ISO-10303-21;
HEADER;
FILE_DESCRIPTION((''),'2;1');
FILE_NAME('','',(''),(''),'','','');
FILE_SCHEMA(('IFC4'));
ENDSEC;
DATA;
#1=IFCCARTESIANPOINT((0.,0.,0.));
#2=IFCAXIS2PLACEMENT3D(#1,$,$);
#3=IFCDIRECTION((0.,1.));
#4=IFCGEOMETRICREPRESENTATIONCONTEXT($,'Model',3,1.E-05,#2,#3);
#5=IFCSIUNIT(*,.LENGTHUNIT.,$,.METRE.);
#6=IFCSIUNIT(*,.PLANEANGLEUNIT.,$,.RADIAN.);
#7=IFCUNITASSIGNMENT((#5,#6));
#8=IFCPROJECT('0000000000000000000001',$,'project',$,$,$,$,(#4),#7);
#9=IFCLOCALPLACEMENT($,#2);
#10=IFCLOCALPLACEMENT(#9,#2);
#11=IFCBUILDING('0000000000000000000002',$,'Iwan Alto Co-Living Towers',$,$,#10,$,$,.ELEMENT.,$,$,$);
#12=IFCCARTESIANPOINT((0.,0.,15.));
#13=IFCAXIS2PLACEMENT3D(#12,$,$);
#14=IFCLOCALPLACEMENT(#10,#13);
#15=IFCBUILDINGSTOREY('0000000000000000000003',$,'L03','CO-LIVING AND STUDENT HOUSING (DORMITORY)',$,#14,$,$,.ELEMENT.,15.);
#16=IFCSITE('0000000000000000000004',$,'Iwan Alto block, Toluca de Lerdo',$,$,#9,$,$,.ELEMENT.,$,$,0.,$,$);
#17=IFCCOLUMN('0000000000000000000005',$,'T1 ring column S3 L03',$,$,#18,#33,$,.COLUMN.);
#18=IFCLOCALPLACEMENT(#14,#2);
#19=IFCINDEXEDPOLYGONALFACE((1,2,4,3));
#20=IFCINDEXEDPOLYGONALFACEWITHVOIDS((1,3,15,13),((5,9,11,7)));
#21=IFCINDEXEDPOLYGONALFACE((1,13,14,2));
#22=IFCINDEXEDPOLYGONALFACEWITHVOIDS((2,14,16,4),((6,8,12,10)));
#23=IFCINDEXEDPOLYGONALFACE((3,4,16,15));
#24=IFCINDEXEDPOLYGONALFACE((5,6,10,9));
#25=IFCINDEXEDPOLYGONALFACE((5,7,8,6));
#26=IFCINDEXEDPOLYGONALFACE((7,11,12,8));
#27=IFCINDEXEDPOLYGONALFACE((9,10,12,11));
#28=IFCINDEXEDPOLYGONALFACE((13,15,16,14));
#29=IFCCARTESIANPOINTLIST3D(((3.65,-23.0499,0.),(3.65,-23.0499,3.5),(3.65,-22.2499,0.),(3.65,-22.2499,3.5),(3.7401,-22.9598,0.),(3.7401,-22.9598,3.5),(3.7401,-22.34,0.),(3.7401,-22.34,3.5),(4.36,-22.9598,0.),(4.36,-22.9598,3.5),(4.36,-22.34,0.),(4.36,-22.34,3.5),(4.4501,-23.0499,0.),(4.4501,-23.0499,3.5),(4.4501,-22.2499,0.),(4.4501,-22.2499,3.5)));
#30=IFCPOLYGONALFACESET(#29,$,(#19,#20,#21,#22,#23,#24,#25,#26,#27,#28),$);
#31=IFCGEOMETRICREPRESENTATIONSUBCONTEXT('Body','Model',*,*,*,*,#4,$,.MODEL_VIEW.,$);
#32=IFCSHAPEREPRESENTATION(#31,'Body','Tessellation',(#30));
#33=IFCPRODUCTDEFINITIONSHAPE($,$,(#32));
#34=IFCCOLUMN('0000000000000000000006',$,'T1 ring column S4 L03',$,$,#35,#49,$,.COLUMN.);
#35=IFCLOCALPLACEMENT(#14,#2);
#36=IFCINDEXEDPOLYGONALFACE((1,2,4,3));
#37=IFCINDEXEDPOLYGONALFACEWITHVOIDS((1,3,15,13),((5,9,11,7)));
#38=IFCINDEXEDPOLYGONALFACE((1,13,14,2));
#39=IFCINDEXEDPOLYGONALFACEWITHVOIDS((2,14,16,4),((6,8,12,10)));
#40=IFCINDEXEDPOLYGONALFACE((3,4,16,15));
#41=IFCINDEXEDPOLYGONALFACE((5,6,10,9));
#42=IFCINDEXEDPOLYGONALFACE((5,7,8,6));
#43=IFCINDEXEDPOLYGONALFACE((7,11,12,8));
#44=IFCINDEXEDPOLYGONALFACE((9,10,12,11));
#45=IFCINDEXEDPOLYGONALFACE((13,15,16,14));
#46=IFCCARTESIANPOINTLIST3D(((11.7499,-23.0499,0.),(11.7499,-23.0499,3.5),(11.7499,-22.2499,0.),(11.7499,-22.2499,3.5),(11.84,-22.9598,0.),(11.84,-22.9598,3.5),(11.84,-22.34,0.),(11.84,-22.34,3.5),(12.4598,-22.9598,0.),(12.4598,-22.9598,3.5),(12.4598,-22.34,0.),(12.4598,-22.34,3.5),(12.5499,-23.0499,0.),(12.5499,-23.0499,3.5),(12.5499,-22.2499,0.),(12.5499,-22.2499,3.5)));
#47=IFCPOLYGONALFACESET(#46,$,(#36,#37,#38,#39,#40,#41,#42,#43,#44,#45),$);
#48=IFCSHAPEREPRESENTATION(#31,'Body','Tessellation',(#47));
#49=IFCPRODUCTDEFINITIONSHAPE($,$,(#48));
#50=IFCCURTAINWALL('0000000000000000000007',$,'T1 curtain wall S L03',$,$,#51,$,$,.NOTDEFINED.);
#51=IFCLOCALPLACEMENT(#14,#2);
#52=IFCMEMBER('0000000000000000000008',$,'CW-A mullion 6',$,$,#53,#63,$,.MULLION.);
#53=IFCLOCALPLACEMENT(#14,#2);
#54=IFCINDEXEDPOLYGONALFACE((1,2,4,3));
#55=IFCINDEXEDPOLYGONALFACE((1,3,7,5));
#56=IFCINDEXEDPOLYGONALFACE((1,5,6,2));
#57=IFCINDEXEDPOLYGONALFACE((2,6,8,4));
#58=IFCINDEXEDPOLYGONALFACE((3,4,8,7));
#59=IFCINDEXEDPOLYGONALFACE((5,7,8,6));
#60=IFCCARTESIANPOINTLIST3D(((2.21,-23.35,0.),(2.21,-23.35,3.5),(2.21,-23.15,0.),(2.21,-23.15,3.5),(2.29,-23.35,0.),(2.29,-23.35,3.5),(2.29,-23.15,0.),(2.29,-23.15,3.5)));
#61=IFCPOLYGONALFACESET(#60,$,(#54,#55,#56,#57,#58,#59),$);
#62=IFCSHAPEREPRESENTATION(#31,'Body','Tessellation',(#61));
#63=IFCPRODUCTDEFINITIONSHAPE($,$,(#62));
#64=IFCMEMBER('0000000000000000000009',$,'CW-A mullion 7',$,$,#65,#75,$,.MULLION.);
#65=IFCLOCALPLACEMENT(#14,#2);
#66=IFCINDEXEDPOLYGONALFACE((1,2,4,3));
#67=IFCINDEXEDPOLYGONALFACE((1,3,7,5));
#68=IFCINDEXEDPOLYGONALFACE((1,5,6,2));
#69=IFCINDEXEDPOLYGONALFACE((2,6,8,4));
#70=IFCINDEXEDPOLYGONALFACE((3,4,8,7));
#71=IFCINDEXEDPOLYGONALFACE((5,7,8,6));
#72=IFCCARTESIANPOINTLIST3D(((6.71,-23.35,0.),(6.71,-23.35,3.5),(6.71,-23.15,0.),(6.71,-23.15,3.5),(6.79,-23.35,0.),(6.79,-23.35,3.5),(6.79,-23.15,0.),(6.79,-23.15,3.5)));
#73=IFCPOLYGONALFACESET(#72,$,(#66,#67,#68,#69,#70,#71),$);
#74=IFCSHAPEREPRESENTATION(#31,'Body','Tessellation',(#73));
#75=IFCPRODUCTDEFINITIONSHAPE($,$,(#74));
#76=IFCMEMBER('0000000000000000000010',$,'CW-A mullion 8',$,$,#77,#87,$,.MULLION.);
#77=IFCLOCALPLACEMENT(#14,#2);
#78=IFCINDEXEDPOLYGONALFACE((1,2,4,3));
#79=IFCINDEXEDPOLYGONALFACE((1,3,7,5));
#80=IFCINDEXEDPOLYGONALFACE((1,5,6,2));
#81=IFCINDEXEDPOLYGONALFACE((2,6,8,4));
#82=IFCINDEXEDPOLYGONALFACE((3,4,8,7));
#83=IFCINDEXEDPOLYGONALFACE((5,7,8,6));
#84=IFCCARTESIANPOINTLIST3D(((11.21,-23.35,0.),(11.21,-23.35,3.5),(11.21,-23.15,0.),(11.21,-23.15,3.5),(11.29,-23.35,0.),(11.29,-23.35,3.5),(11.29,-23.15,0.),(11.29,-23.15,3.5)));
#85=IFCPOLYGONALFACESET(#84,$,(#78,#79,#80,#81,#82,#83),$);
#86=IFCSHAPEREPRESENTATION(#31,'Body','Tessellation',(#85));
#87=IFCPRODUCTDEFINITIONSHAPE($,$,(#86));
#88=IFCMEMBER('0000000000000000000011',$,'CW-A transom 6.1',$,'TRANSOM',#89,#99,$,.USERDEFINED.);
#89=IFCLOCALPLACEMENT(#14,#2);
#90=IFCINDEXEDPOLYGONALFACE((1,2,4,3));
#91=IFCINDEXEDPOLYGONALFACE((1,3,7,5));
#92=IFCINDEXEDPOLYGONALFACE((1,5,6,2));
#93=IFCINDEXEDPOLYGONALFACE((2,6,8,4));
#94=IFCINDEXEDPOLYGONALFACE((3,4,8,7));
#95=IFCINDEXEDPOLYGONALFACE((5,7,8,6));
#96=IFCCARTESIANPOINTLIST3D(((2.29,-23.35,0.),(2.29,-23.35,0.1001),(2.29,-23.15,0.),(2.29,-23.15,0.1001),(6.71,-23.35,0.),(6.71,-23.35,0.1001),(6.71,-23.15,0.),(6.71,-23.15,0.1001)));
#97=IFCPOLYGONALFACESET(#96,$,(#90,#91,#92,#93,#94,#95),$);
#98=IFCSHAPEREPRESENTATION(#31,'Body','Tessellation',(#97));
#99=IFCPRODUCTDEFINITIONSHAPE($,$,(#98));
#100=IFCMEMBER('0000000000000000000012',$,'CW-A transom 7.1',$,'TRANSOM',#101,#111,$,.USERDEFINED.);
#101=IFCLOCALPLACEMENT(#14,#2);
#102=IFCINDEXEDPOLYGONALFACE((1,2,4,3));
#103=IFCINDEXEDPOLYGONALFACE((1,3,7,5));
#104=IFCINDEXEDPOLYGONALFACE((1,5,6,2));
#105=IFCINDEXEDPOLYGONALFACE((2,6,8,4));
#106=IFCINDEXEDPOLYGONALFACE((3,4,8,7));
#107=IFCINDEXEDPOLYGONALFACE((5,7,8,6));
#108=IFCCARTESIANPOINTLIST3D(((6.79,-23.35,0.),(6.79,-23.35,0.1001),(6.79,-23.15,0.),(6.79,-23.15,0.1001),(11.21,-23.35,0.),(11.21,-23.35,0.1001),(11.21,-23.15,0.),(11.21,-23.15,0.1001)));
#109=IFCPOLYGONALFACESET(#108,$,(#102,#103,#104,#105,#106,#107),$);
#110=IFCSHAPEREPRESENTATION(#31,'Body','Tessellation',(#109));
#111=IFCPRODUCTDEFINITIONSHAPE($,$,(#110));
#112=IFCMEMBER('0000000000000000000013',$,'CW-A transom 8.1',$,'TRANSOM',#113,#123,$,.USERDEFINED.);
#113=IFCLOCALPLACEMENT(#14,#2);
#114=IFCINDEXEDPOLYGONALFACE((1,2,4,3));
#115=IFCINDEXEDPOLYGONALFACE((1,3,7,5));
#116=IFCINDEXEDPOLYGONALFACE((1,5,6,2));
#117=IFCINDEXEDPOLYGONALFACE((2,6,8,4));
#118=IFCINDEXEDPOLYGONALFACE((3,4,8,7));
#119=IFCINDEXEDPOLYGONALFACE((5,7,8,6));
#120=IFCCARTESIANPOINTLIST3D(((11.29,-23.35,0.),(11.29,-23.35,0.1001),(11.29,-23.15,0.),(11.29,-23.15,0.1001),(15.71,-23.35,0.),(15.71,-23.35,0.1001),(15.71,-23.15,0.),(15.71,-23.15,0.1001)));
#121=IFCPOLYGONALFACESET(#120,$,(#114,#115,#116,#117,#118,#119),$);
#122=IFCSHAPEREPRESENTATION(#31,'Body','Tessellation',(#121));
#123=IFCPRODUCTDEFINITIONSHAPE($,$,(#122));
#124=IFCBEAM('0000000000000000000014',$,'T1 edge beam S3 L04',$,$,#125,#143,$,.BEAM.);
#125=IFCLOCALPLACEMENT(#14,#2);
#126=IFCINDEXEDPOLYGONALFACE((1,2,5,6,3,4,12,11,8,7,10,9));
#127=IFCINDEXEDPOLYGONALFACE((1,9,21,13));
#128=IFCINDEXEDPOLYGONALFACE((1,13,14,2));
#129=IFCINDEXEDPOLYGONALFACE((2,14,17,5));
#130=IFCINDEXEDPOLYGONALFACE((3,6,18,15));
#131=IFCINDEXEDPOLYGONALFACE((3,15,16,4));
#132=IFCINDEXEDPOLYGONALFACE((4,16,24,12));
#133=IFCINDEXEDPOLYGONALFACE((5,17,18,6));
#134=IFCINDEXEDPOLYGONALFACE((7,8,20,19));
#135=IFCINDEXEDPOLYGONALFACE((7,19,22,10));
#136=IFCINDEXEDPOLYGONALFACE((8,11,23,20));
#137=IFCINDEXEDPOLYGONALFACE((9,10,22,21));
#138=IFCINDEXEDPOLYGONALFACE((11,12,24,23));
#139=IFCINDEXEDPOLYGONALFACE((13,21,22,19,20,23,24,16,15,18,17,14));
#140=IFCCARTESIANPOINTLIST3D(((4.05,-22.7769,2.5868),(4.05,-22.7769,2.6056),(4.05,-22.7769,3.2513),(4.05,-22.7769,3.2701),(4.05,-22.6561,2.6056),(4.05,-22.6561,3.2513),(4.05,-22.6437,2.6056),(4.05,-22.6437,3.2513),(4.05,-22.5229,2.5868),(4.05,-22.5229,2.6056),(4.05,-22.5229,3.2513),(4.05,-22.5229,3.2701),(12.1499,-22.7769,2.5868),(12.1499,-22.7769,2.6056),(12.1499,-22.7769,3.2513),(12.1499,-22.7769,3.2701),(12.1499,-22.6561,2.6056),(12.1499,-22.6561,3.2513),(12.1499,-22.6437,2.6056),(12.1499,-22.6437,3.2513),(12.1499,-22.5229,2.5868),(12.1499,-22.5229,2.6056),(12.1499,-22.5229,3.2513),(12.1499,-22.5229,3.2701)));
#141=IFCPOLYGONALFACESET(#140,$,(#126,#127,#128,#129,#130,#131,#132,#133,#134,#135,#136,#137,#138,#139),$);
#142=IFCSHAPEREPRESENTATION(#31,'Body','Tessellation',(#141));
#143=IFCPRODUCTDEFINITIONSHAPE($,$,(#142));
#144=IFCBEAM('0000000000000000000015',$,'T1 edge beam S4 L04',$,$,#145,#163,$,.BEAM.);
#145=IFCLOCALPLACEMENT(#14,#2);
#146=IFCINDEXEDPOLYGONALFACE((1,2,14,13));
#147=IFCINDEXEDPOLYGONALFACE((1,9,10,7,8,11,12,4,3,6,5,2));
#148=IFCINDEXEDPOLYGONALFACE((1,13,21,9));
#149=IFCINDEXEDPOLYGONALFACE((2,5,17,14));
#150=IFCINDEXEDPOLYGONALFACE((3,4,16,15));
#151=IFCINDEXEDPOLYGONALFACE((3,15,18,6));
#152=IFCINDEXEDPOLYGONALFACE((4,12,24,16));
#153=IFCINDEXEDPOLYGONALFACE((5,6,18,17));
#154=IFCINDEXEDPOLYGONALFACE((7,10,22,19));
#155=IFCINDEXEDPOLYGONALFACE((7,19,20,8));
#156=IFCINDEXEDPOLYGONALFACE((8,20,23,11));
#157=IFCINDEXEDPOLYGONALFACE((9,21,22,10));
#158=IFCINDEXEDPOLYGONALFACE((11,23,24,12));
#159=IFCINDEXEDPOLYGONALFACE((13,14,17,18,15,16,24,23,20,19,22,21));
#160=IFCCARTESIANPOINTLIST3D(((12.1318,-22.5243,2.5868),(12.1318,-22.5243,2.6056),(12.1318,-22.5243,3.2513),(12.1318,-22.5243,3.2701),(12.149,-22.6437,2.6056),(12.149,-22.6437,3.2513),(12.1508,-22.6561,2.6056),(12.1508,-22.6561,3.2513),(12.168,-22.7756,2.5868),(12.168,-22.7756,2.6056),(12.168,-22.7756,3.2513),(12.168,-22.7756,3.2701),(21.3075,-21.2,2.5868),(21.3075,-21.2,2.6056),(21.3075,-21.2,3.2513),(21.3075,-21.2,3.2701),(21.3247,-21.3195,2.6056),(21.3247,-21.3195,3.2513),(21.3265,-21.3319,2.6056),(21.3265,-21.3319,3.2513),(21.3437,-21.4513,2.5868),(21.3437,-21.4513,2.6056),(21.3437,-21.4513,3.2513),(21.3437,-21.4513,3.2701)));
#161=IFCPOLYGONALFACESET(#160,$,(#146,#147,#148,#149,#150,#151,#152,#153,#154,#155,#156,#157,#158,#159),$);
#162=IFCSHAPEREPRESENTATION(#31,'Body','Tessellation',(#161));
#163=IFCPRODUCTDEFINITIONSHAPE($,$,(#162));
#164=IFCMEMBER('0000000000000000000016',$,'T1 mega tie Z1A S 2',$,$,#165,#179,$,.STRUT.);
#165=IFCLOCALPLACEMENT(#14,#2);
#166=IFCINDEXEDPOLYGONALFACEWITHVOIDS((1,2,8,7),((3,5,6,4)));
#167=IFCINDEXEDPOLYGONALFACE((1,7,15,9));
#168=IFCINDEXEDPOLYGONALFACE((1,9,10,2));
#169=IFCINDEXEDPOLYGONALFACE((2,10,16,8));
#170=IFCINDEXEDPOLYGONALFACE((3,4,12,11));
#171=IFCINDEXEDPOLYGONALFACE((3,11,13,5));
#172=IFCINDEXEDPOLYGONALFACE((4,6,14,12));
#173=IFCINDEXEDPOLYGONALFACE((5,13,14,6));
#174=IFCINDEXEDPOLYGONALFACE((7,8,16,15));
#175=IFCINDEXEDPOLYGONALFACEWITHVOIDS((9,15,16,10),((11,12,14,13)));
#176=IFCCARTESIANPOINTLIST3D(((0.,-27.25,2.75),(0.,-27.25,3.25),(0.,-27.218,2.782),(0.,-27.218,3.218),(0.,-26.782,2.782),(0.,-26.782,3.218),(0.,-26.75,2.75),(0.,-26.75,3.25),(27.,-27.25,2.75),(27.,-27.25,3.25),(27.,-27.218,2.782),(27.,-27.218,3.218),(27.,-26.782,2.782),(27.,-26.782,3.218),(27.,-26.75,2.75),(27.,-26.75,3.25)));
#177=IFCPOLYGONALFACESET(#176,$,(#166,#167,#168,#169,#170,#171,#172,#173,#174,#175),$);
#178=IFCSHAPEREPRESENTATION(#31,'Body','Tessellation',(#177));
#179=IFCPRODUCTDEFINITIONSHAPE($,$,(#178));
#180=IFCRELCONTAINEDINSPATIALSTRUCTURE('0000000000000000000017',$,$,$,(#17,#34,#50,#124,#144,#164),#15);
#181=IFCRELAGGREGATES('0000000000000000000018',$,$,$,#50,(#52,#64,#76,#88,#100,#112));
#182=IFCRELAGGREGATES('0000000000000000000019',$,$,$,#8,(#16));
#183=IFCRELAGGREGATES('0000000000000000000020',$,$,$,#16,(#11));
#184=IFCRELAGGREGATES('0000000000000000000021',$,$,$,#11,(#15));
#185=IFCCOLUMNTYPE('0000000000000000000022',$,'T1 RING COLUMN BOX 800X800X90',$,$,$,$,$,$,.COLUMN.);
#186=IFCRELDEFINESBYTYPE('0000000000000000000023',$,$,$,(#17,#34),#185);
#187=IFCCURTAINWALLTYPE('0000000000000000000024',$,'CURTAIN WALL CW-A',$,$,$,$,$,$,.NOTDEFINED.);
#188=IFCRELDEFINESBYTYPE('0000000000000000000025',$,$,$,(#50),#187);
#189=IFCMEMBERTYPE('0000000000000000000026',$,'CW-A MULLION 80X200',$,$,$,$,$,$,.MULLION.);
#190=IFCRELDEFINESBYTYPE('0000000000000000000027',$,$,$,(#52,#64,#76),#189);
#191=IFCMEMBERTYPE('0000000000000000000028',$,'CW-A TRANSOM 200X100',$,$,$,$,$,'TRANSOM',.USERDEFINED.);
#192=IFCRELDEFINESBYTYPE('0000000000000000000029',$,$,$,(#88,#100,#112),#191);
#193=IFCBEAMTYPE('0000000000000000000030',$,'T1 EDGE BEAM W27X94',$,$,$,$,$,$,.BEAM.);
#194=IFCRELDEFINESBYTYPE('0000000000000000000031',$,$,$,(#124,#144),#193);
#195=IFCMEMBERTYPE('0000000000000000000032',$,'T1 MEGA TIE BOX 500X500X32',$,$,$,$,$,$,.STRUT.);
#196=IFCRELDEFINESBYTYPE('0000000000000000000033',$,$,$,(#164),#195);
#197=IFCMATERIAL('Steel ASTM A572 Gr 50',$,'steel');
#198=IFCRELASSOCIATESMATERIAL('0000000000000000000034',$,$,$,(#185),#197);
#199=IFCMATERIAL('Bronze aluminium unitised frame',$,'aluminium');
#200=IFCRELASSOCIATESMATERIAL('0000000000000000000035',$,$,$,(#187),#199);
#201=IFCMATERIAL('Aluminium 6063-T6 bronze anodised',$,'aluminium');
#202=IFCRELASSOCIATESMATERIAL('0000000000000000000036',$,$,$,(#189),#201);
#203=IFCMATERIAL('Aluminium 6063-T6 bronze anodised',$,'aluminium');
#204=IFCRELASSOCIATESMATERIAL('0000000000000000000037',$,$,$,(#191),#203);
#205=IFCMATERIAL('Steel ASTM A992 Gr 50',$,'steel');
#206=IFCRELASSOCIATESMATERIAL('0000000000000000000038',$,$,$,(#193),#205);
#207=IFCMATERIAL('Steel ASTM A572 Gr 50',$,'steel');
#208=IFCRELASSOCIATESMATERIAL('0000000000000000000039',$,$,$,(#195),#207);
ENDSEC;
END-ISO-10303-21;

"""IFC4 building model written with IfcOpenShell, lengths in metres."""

from ifc_helpers import new_model, si_unit, direction, frame, origin, origin_2d, place, context, subcontext, project, spatial, rectangle, hollow_rectangle, i_section, extrude, material, material_profile, profile_set, type_object, element, aggregate, save


model = new_model("IFC4")

# Units and contexts
model_context = context("Model", 3, precision=1e-05, world=origin(), true_north=direction((0.0, 1.0)))
body_context = subcontext(model_context, "Body", "Model", "MODEL_VIEW")
ifc_project = project(units=[si_unit("LENGTHUNIT", "METRE"), si_unit("PLANEANGLEUNIT", "RADIAN")], contexts=[model_context])

# Site, building, storey
site_placement = place(None, origin())
site = spatial("IfcSite", under=ifc_project, at=site_placement, Name="Iwan Alto block, Toluca de Lerdo", CompositionType="ELEMENT", RefElevation=0.0)
building_placement = place(site_placement, origin())
building = spatial("IfcBuilding", under=site, at=building_placement, Name="Iwan Alto Co-Living Towers", CompositionType="ELEMENT")
storey_placement = place(building_placement, frame((0.0, 0.0, 15.0)))
storey = spatial("IfcBuildingStorey", under=building, at=storey_placement, Name="L03", Description="CO-LIVING AND STUDENT HOUSING (DORMITORY)", CompositionType="ELEMENT", Elevation=15.0)

# Columns
ifc_material_1 = material(Name="Steel ASTM A572 Gr 50", Category="steel")
ifc_material_profile_1 = material_profile(ifc_material_1, hollow_rectangle(XDim=0.8, YDim=0.8, WallThickness=0.0901, at=origin_2d()), Name="BOX 800X800X90")
ifc_profile_set_1 = profile_set([ifc_material_profile_1], Name="Steel ASTM A572 Gr 50")
column_type = type_object("IfcColumnType", Name="T1 RING COLUMN BOX 800X800X90", PredefinedType="COLUMN", material=ifc_profile_set_1)
for number, where, z_axis, x_axis, name in (
    (1, (4.05, -22.6499, 0.0), (0.0, 0.0, 1.0), (1.0, 0.0, 0.0), "T1 ring column S3 L03"),
    (2, (12.1499, -22.6499, 0.0), (0.0, 0.0, 1.0), (1.0, 0.0, 0.0), "T1 ring column S4 L03"),
):
    element("IfcColumn", number, at=place(storey_placement, frame(where, z_axis=z_axis, x_axis=x_axis)), inside=storey, type_object=column_type, Name=name, PredefinedType="COLUMN", context=body_context, shape_type="SweptSolid", body=[
        extrude(hollow_rectangle(XDim=0.8, YDim=0.8, WallThickness=0.0901, at=origin_2d()), origin(), (0.0, 0.0, 1.0), 3.5),
    ])

# Curtain wall, members
ifc_material_2 = material(Name="Bronze aluminium unitised frame", Category="aluminium")
curtain_wall_type = type_object("IfcCurtainWallType", Name="CURTAIN WALL CW-A", PredefinedType="NOTDEFINED", material=ifc_material_2)
curtain_wall_placement = place(storey_placement, origin())
curtain_wall = element("IfcCurtainWall", 3, at=curtain_wall_placement, inside=storey, type_object=curtain_wall_type, Name="T1 curtain wall S L03", PredefinedType="NOTDEFINED")
ifc_material_3 = material(Name="Aluminium 6063-T6 bronze anodised", Category="aluminium")
ifc_material_profile_2 = material_profile(ifc_material_3, rectangle(XDim=0.2, YDim=0.0801, at=origin_2d()), Name="AL 80X200")
ifc_profile_set_2 = profile_set([ifc_material_profile_2], Name="Aluminium 6063-T6 bronze anodised")
member_type_1 = type_object("IfcMemberType", Name="CW-A MULLION 80X200", PredefinedType="MULLION", material=ifc_profile_set_2)
member_1_placement = place(storey_placement, frame((2.25, -23.25, 0.0), z_axis=(0.0, 0.0, 1.0), x_axis=(0.0, 1.0, 0.0)))
member_1 = element("IfcMember", 4, at=member_1_placement, type_object=member_type_1, Name="CW-A mullion 6", PredefinedType="MULLION", context=body_context, shape_type="SweptSolid", body=[
    extrude(rectangle(XDim=0.2, YDim=0.0801, at=origin_2d()), origin(), (0.0, 0.0, 1.0), 3.5),
])
member_2_placement = place(storey_placement, frame((6.75, -23.25, 0.0), z_axis=(0.0, 0.0, 1.0), x_axis=(0.0, 1.0, 0.0)))
member_2 = element("IfcMember", 5, at=member_2_placement, type_object=member_type_1, Name="CW-A mullion 7", PredefinedType="MULLION", context=body_context, shape_type="SweptSolid", body=[
    extrude(rectangle(XDim=0.2, YDim=0.0801, at=origin_2d()), origin(), (0.0, 0.0, 1.0), 3.5),
])
member_3_placement = place(storey_placement, frame((11.25, -23.25, 0.0), z_axis=(0.0, 0.0, 1.0), x_axis=(0.0, 1.0, 0.0)))
member_3 = element("IfcMember", 6, at=member_3_placement, type_object=member_type_1, Name="CW-A mullion 8", PredefinedType="MULLION", context=body_context, shape_type="SweptSolid", body=[
    extrude(rectangle(XDim=0.2, YDim=0.0801, at=origin_2d()), origin(), (0.0, 0.0, 1.0), 3.5),
])
ifc_material_4 = material(Name="Aluminium 6063-T6 bronze anodised", Category="aluminium")
ifc_material_profile_3 = material_profile(ifc_material_4, rectangle(XDim=0.2, YDim=0.1001, at=origin_2d()), Name="AL 200X100")
ifc_profile_set_3 = profile_set([ifc_material_profile_3], Name="Aluminium 6063-T6 bronze anodised")
member_type_2 = type_object("IfcMemberType", Name="CW-A TRANSOM 200X100", ElementType="TRANSOM", PredefinedType="USERDEFINED", material=ifc_profile_set_3)
member_4_placement = place(storey_placement, frame((2.29, -23.25, 0.05), z_axis=(1.0, 0.0, 0.0), x_axis=(0.0, 1.0, 0.0)))
member_4 = element("IfcMember", 7, at=member_4_placement, type_object=member_type_2, Name="CW-A transom 6.1", ObjectType="TRANSOM", PredefinedType="USERDEFINED", context=body_context, shape_type="SweptSolid", body=[
    extrude(rectangle(XDim=0.2, YDim=0.1001, at=origin_2d()), origin(), (0.0, 0.0, 1.0), 4.4199),
])
member_5_placement = place(storey_placement, frame((6.79, -23.25, 0.05), z_axis=(1.0, 0.0, 0.0), x_axis=(0.0, 1.0, 0.0)))
member_5 = element("IfcMember", 8, at=member_5_placement, type_object=member_type_2, Name="CW-A transom 7.1", ObjectType="TRANSOM", PredefinedType="USERDEFINED", context=body_context, shape_type="SweptSolid", body=[
    extrude(rectangle(XDim=0.2, YDim=0.1001, at=origin_2d()), origin(), (0.0, 0.0, 1.0), 4.4199),
])
member_6_placement = place(storey_placement, frame((11.29, -23.25, 0.05), z_axis=(1.0, 0.0, 0.0), x_axis=(0.0, 1.0, 0.0)))
member_6 = element("IfcMember", 9, at=member_6_placement, type_object=member_type_2, Name="CW-A transom 8.1", ObjectType="TRANSOM", PredefinedType="USERDEFINED", context=body_context, shape_type="SweptSolid", body=[
    extrude(rectangle(XDim=0.2, YDim=0.1001, at=origin_2d()), origin(), (0.0, 0.0, 1.0), 4.4199),
])

# Beams
ifc_material_5 = material(Name="Steel ASTM A992 Gr 50", Category="steel")
ifc_material_profile_4 = material_profile(ifc_material_5, i_section(OverallWidth=0.2539, OverallDepth=0.6833, WebThickness=0.0125, FlangeThickness=0.0188, at=origin_2d()), Name="W27X94")
ifc_profile_set_4 = profile_set([ifc_material_profile_4], Name="Steel ASTM A992 Gr 50")
beam_type_1 = type_object("IfcBeamType", Name="T1 EDGE BEAM W27X94", PredefinedType="BEAM", material=ifc_profile_set_4)
beam_1_placement = place(storey_placement, frame((4.05, -22.6499, 2.9285), z_axis=(1.0, 0.0, 0.0), x_axis=(0.0, 1.0, 0.0)))
element("IfcBeam", 10, at=beam_1_placement, inside=storey, type_object=beam_type_1, Name="T1 edge beam S3 L04", PredefinedType="BEAM", context=body_context, shape_type="SweptSolid", body=[
    extrude(i_section(OverallWidth=0.2539, OverallDepth=0.6833, WebThickness=0.0125, FlangeThickness=0.0188, at=origin_2d()), origin(), (0.0, 0.0, 1.0), 8.0999),
])
beam_2_placement = place(storey_placement, frame((12.1499, -22.6499, 2.9285), z_axis=(0.989746, 0.142837, 0.0), x_axis=(-0.142837, 0.989746, 0.0)))
element("IfcBeam", 11, at=beam_2_placement, inside=storey, type_object=beam_type_1, Name="T1 edge beam S4 L04", PredefinedType="BEAM", context=body_context, shape_type="SweptSolid", body=[
    extrude(i_section(OverallWidth=0.2539, OverallDepth=0.6833, WebThickness=0.0125, FlangeThickness=0.0188, at=origin_2d()), origin(), (0.0, 0.0, 1.0), 9.2708),
])

# Member
ifc_material_6 = material(Name="Steel ASTM A572 Gr 50", Category="steel")
ifc_material_profile_5 = material_profile(ifc_material_6, hollow_rectangle(XDim=0.5, YDim=0.5, WallThickness=0.032, at=origin_2d()), Name="BOX 500X500X32")
ifc_profile_set_5 = profile_set([ifc_material_profile_5], Name="Steel ASTM A572 Gr 50")
member_type_3 = type_object("IfcMemberType", Name="T1 MEGA TIE BOX 500X500X32", PredefinedType="STRUT", material=ifc_profile_set_5)
member_7_placement = place(storey_placement, frame((0.0, -27.0, 3.0), z_axis=(1.0, 0.0, 0.0), x_axis=(0.0, 1.0, 0.0)))
element("IfcMember", 12, at=member_7_placement, inside=storey, type_object=member_type_3, Name="T1 mega tie Z1A S 2", PredefinedType="STRUT", context=body_context, shape_type="SweptSolid", body=[
    extrude(hollow_rectangle(XDim=0.5, YDim=0.5, WallThickness=0.032, at=origin_2d()), origin(), (0.0, 0.0, 1.0), 27.0),
])

aggregate(curtain_wall, [member_1, member_2, member_3, member_4, member_5, member_6])

save(model, "model.ifc")
